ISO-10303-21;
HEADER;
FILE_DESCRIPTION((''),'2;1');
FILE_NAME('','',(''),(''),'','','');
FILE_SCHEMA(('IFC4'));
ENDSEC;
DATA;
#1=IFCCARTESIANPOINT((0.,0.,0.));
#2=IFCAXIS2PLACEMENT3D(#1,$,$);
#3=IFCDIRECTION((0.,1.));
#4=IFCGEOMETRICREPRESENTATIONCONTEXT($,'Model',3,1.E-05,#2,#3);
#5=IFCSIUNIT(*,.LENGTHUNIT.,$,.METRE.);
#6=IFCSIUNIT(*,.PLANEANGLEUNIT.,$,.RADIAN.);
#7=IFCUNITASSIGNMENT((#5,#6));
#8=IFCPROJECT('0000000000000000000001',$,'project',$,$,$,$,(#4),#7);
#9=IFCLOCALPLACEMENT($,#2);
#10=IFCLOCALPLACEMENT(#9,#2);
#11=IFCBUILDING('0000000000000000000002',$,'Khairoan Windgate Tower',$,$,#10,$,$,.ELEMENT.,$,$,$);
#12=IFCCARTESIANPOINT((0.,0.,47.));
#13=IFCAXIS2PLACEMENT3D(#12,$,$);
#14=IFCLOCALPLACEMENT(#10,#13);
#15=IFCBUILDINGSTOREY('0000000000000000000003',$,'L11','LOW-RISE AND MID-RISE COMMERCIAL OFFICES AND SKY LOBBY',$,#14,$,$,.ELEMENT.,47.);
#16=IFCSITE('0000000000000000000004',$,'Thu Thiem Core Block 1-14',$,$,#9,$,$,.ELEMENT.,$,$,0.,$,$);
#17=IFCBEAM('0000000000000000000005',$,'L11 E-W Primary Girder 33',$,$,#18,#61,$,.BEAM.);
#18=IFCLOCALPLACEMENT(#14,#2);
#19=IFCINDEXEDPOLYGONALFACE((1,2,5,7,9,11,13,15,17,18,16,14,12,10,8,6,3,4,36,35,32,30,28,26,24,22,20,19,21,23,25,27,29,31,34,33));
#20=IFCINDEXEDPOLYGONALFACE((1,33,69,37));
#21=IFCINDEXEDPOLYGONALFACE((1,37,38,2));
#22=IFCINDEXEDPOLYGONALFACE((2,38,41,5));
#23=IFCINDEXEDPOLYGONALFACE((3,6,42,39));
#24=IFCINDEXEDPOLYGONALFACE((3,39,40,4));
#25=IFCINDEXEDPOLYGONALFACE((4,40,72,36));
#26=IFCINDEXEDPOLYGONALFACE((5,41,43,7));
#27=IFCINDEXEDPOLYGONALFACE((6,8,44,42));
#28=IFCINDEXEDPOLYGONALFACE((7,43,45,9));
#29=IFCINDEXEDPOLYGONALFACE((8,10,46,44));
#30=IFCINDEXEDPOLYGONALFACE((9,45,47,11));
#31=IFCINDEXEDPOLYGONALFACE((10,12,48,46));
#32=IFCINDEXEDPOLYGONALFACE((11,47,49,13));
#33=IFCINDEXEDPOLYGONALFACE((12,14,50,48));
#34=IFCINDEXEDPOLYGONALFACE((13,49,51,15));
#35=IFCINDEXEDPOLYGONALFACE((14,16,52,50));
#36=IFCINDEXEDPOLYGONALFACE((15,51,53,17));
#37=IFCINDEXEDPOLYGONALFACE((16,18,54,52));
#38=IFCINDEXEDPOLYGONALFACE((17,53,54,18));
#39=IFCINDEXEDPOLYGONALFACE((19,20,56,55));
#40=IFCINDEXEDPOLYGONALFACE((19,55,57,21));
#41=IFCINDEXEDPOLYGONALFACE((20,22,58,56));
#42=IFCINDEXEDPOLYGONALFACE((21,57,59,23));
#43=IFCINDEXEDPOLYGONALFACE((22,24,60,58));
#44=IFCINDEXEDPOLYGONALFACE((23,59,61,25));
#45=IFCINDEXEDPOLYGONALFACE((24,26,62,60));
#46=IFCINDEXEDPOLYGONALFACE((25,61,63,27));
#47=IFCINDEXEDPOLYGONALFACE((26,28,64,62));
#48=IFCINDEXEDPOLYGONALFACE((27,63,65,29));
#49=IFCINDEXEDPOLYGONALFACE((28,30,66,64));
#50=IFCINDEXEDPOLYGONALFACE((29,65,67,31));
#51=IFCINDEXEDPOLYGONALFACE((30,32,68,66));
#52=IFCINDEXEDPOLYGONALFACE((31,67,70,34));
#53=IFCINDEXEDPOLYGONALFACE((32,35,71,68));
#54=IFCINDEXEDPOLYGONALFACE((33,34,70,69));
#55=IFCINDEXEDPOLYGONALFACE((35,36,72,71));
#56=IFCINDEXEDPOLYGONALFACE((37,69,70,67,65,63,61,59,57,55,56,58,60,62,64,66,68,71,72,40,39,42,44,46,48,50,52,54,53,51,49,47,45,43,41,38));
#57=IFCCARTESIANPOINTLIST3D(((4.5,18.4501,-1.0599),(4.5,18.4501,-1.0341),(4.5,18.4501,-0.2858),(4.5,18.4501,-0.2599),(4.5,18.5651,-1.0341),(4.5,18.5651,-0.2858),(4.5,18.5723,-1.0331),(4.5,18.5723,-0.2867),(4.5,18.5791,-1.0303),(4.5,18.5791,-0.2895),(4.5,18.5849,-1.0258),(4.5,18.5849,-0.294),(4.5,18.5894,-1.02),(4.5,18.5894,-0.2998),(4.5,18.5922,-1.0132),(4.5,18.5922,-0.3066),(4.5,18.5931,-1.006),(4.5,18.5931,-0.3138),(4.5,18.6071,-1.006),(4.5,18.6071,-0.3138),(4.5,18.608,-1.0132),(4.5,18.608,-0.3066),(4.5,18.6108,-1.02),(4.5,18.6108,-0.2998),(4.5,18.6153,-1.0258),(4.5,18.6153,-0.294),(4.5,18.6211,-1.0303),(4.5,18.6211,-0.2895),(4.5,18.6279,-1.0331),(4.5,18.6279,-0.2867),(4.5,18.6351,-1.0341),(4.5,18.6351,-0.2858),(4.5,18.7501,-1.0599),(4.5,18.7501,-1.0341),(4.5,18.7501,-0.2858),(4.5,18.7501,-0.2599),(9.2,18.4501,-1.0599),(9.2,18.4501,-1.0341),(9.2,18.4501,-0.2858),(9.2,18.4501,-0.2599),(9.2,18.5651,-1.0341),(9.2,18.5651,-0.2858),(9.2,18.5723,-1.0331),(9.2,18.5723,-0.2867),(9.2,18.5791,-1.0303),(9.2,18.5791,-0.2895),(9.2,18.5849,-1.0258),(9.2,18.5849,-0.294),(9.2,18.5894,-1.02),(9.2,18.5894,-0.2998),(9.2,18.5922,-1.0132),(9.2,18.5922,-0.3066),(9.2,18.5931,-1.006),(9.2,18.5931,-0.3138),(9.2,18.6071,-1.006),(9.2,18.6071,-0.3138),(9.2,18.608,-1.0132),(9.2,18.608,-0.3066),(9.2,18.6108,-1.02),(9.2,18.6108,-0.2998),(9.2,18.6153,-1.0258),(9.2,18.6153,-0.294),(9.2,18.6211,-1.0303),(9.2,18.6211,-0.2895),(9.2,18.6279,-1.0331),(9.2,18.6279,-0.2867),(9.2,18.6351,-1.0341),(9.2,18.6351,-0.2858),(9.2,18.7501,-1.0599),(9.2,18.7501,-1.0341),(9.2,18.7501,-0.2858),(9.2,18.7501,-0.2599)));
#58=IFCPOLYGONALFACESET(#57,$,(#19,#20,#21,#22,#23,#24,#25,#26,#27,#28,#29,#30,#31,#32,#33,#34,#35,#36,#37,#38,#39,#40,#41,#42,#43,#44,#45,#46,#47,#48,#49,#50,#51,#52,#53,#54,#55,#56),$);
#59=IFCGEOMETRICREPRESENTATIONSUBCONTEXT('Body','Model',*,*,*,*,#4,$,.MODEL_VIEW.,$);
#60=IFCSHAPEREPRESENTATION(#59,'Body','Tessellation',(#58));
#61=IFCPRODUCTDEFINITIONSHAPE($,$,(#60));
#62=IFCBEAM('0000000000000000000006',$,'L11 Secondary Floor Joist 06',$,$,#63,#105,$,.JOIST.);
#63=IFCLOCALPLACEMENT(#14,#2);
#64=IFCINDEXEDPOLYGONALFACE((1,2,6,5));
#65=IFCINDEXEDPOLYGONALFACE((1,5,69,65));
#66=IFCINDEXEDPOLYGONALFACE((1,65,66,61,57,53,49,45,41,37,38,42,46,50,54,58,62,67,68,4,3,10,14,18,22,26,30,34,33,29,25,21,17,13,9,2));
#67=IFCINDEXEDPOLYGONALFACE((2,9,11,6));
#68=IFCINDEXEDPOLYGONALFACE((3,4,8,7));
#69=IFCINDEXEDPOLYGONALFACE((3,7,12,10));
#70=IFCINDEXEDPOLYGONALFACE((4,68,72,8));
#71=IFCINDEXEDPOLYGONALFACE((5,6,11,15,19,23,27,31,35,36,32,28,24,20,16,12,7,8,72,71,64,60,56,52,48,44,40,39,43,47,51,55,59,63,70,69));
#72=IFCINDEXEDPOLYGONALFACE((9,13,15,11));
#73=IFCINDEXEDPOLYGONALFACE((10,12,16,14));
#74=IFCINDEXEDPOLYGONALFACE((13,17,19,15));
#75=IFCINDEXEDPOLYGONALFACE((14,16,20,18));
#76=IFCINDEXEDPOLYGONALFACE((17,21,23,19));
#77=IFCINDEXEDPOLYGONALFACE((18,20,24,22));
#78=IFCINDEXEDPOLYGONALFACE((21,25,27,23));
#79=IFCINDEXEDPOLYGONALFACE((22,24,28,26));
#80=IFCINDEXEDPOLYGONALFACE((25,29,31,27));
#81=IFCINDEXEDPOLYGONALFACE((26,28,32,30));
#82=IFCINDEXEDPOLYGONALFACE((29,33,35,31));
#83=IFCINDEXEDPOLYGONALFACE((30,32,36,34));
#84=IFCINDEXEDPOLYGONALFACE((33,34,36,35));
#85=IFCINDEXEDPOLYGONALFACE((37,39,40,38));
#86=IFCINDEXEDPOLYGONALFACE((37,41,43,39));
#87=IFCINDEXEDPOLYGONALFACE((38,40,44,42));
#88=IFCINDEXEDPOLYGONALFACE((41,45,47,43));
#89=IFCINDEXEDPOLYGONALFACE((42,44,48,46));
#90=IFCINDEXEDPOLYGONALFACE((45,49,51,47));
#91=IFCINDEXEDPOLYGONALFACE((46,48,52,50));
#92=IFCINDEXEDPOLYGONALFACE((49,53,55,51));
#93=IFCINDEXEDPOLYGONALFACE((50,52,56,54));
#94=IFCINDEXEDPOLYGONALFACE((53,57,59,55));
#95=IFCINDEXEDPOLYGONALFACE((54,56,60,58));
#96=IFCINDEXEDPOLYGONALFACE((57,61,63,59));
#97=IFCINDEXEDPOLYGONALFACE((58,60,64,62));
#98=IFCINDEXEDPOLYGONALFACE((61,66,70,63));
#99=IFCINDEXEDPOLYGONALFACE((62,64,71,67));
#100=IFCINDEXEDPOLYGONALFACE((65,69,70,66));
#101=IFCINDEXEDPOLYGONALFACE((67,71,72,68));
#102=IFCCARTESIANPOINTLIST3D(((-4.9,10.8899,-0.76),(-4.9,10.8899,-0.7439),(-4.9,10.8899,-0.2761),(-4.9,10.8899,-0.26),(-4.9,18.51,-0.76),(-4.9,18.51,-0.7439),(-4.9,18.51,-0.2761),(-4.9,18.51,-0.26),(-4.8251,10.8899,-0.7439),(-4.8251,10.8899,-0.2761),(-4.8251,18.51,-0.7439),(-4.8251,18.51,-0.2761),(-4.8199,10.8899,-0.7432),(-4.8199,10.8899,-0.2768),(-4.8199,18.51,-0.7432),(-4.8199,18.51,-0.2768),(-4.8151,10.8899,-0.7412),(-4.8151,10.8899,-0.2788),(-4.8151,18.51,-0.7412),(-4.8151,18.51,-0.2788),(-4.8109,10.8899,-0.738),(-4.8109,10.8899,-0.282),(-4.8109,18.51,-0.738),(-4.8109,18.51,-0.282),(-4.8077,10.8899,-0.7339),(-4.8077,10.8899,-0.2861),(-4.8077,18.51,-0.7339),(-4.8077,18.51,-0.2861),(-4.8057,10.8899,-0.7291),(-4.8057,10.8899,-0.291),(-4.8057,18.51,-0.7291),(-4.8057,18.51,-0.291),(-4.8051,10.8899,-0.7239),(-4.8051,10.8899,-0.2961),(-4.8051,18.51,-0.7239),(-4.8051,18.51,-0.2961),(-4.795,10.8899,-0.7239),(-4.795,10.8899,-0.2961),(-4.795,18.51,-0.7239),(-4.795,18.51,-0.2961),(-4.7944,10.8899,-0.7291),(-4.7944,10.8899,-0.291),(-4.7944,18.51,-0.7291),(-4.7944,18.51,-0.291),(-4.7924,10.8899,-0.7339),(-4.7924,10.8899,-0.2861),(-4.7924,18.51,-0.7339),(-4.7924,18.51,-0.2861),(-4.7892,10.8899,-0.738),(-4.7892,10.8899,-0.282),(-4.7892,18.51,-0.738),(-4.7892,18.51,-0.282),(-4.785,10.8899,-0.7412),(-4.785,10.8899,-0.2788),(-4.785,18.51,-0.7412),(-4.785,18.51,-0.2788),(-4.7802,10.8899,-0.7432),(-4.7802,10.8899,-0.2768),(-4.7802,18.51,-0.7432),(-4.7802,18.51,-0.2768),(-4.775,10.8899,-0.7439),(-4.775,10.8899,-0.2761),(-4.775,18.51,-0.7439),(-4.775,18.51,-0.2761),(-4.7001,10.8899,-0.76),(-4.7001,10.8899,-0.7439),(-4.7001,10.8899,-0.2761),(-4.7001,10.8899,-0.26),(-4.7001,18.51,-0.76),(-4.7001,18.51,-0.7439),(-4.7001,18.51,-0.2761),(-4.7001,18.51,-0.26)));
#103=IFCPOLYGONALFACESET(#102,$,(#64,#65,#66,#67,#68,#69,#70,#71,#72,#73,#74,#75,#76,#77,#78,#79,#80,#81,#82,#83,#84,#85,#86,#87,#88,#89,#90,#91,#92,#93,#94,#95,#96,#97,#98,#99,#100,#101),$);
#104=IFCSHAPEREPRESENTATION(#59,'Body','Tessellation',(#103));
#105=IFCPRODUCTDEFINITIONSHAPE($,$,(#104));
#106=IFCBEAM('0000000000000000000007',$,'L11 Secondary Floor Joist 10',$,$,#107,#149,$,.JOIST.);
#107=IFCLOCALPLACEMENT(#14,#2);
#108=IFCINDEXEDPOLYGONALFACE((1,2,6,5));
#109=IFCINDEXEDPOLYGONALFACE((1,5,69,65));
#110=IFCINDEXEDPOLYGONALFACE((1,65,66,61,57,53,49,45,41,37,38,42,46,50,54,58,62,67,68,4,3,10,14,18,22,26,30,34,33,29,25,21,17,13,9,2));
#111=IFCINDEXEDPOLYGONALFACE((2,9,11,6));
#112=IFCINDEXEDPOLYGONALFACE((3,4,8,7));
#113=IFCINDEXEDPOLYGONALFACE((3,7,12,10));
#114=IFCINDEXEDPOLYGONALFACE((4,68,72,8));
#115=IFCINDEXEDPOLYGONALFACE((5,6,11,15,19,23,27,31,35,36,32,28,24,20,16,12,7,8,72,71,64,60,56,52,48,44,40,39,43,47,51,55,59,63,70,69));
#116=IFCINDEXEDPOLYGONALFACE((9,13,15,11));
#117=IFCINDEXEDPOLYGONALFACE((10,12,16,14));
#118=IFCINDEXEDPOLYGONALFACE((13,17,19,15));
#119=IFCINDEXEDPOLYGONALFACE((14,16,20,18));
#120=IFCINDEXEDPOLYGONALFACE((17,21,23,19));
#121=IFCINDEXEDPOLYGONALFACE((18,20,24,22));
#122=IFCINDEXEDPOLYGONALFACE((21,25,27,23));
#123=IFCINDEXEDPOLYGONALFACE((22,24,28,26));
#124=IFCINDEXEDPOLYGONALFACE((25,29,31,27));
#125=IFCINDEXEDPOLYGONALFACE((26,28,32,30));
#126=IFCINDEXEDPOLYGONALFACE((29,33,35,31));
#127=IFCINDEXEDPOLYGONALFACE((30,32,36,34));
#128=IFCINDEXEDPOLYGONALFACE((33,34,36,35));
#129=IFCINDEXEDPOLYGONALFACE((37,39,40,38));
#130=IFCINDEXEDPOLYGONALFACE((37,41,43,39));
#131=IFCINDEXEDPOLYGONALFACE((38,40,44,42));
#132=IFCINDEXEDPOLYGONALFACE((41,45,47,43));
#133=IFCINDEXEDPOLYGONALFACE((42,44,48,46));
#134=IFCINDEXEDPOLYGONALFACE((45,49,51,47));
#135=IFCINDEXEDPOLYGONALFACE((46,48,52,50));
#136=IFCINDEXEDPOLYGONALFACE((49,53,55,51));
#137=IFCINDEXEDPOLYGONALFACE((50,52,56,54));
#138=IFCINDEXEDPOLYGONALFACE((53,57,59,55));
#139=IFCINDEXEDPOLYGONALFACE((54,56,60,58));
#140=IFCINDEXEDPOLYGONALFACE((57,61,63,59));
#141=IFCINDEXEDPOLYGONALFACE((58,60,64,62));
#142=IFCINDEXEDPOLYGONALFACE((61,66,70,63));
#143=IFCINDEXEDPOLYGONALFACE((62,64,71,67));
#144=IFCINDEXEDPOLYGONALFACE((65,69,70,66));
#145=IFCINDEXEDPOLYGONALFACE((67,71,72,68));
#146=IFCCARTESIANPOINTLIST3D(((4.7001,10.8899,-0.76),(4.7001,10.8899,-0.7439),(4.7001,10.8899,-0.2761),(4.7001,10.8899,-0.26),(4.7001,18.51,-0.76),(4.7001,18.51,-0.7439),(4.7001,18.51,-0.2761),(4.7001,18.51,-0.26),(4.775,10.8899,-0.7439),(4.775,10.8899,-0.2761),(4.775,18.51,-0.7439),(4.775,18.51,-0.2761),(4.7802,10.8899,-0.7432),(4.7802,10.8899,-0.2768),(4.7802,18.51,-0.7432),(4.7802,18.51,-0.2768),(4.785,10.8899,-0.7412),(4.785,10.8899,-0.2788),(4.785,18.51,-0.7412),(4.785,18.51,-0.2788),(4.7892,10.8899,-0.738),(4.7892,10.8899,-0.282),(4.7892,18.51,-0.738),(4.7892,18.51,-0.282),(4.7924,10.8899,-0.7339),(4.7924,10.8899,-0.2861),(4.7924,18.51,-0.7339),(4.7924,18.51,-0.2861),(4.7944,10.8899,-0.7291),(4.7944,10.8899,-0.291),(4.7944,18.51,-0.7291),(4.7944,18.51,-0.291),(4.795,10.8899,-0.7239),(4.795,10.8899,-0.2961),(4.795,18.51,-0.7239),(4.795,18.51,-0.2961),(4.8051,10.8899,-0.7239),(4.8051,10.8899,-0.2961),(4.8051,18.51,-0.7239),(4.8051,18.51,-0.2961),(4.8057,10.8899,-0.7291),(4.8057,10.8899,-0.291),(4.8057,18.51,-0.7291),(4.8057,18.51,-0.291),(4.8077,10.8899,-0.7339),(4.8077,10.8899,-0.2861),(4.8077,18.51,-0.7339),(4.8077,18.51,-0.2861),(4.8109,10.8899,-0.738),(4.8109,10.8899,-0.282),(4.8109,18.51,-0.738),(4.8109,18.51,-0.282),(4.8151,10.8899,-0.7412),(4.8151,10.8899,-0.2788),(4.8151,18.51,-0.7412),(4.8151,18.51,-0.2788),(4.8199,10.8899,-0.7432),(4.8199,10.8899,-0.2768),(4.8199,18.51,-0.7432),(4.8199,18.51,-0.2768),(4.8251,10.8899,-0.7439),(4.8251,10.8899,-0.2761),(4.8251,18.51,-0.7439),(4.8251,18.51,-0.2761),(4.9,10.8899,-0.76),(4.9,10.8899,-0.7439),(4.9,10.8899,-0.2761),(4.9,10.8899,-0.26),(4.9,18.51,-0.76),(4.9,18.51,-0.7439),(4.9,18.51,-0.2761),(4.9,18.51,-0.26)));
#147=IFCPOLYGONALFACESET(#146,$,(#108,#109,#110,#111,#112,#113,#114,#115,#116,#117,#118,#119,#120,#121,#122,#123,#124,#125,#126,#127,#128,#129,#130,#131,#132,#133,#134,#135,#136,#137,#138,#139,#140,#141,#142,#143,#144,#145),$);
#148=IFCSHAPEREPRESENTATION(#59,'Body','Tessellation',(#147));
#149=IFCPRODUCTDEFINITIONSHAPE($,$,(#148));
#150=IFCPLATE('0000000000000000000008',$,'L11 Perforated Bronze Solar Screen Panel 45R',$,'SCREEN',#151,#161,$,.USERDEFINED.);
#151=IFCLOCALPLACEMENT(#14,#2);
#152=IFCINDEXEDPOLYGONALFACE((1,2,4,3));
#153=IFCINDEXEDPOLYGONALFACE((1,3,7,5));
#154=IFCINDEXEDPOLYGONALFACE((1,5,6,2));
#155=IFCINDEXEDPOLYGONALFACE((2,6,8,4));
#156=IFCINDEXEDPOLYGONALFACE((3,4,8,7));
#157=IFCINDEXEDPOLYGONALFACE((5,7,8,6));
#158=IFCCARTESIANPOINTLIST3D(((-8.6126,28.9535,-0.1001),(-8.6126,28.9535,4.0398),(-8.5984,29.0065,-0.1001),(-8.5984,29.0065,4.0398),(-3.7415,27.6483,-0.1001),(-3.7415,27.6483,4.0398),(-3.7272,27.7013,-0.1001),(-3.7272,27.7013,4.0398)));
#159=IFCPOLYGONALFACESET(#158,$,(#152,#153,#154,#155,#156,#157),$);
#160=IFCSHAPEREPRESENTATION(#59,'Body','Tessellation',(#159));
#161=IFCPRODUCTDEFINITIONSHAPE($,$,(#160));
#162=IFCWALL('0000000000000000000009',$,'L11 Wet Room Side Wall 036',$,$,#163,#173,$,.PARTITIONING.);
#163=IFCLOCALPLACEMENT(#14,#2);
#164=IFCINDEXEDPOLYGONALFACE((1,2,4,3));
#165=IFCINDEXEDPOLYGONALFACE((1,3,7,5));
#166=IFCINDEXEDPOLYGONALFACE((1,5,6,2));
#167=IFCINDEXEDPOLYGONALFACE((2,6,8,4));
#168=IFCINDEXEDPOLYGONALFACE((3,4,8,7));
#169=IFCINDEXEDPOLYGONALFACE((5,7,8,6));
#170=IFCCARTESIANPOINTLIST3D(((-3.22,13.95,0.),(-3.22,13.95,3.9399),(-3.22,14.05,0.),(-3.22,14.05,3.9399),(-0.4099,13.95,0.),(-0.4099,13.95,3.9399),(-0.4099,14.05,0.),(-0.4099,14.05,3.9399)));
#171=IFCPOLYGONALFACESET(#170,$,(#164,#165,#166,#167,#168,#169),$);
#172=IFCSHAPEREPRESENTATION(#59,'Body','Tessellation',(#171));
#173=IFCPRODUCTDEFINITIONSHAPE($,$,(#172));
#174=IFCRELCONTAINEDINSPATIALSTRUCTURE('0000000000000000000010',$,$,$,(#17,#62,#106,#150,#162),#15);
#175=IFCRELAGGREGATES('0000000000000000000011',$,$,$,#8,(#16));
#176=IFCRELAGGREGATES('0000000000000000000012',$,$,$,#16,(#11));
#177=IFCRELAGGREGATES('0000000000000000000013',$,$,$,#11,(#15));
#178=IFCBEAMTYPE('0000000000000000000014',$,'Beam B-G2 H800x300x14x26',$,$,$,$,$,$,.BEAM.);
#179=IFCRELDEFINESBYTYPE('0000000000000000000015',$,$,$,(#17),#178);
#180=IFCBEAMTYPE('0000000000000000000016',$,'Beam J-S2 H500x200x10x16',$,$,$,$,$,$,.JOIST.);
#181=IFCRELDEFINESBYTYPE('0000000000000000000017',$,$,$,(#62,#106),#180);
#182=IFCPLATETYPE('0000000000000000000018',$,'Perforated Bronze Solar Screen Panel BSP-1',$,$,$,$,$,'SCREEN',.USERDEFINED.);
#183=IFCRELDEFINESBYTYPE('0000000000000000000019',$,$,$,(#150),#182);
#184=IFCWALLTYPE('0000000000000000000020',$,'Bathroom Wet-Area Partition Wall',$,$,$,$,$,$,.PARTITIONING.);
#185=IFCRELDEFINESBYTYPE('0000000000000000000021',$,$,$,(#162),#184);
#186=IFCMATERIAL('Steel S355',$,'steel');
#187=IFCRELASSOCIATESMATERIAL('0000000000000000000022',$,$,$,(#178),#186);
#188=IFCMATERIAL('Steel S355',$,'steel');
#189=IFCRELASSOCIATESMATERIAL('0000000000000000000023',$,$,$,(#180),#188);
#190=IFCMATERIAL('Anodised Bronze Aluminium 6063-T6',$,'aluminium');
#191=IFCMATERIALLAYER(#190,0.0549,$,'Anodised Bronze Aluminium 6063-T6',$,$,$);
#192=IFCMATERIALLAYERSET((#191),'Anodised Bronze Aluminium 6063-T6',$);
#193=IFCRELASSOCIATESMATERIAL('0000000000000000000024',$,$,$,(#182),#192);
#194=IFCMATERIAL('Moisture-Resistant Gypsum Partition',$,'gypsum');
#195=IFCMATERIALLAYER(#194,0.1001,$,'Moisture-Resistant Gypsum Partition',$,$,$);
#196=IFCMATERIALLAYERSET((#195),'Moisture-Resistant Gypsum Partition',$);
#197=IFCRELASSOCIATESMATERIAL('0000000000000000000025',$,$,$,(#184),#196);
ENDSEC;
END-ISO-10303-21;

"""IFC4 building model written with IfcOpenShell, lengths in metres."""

from ifc_helpers import new_model, si_unit, direction, frame, frame_2d, origin, origin_2d, place, context, subcontext, project, spatial, rectangle, i_section, extrude, material, layer, layer_set, material_profile, profile_set, type_object, element, save


model = new_model("IFC4")

# Units and contexts
model_context = context("Model", 3, precision=1e-05, world=origin(), true_north=direction((0.0, 1.0)))
body_context = subcontext(model_context, "Body", "Model", "MODEL_VIEW")
ifc_project = project(units=[si_unit("LENGTHUNIT", "METRE"), si_unit("PLANEANGLEUNIT", "RADIAN")], contexts=[model_context])

# Site, building, storey
site_placement = place(None, origin())
site = spatial("IfcSite", under=ifc_project, at=site_placement, Name="Thu Thiem Core Block 1-14", CompositionType="ELEMENT", RefElevation=0.0)
building_placement = place(site_placement, origin())
building = spatial("IfcBuilding", under=site, at=building_placement, Name="Khairoan Windgate Tower", CompositionType="ELEMENT")
storey_placement = place(building_placement, frame((0.0, 0.0, 47.0)))
storey = spatial("IfcBuildingStorey", under=building, at=storey_placement, Name="L11", Description="LOW-RISE AND MID-RISE COMMERCIAL OFFICES AND SKY LOBBY", CompositionType="ELEMENT", Elevation=47.0)

# Beams
ifc_material_1 = material(Name="Steel S355", Category="steel")
ifc_material_profile_1 = material_profile(ifc_material_1, i_section(OverallWidth=0.3, OverallDepth=0.8, WebThickness=0.0139, FlangeThickness=0.0259, FilletRadius=0.0281, at=origin_2d()))
ifc_profile_set_1 = profile_set([ifc_material_profile_1], Name="Steel S355")
beam_type_1 = type_object("IfcBeamType", Name="Beam B-G2 H800x300x14x26", PredefinedType="BEAM", material=ifc_profile_set_1)
beam_1_placement = place(storey_placement, frame((4.5, 18.6001, -0.6599), z_axis=(1.0, 0.0, 0.0), x_axis=(0.0, 1.0, 0.0)))
element("IfcBeam", 1, at=beam_1_placement, inside=storey, type_object=beam_type_1, Name="L11 E-W Primary Girder 33", PredefinedType="BEAM", context=body_context, shape_type="SweptSolid", body=[
    extrude(i_section(OverallWidth=0.3, OverallDepth=0.8, WebThickness=0.0139, FlangeThickness=0.0259, FilletRadius=0.0281, at=origin_2d()), origin(), (0.0, 0.0, 1.0), 4.7),
])
ifc_material_2 = material(Name="Steel S355", Category="steel")
ifc_material_profile_2 = material_profile(ifc_material_2, i_section(OverallWidth=0.2, OverallDepth=0.5, WebThickness=0.01, FlangeThickness=0.0161, FilletRadius=0.02, at=origin_2d()))
ifc_profile_set_2 = profile_set([ifc_material_profile_2], Name="Steel S355")
beam_type_2 = type_object("IfcBeamType", Name="Beam J-S2 H500x200x10x16", PredefinedType="JOIST", material=ifc_profile_set_2)
for number, where, z_axis, x_axis, name in (
    (2, (-4.8, 10.8899, -0.51), (0.0, 1.0, 0.0), (-1.0, 0.0, 0.0), "L11 Secondary Floor Joist 06"),
    (3, (4.8, 10.8899, -0.51), (0.0, 1.0, 0.0), (-1.0, 0.0, 0.0), "L11 Secondary Floor Joist 10"),
):
    element("IfcBeam", number, at=place(storey_placement, frame(where, z_axis=z_axis, x_axis=x_axis)), inside=storey, type_object=beam_type_2, Name=name, PredefinedType="JOIST", context=body_context, shape_type="SweptSolid", body=[
        extrude(i_section(OverallWidth=0.2, OverallDepth=0.5, WebThickness=0.01, FlangeThickness=0.0161, FilletRadius=0.02, at=origin_2d()), origin(), (0.0, 0.0, 1.0), 7.6201),
    ])

# Plate
ifc_material_3 = material(Name="Anodised Bronze Aluminium 6063-T6", Category="aluminium")
ifc_layer_1 = layer(ifc_material_3, 0.0549, Name="Anodised Bronze Aluminium 6063-T6")
ifc_layer_set_1 = layer_set([ifc_layer_1], Name="Anodised Bronze Aluminium 6063-T6")
plate_type = type_object("IfcPlateType", Name="Perforated Bronze Solar Screen Panel BSP-1", ElementType="SCREEN", PredefinedType="USERDEFINED", material=ifc_layer_set_1)
plate_placement = place(storey_placement, frame((-6.1699, 28.3274, -0.1001), z_axis=(0.0, 0.0, 1.0), x_axis=(0.965926, -0.258819, 0.0)))
element("IfcPlate", 4, at=plate_placement, inside=storey, type_object=plate_type, Name="L11 Perforated Bronze Solar Screen Panel 45R", ObjectType="SCREEN", PredefinedType="USERDEFINED", context=body_context, shape_type="SweptSolid", body=[
    extrude(rectangle(XDim=5.043, YDim=0.0549, at=origin_2d()), origin(), (0.0, 0.0, 1.0), 4.1399),
])

# Wall
ifc_material_4 = material(Name="Moisture-Resistant Gypsum Partition", Category="gypsum")
ifc_layer_2 = layer(ifc_material_4, 0.1001, Name="Moisture-Resistant Gypsum Partition")
ifc_layer_set_2 = layer_set([ifc_layer_2], Name="Moisture-Resistant Gypsum Partition")
wall_type_1 = type_object("IfcWallType", Name="Bathroom Wet-Area Partition Wall", PredefinedType="PARTITIONING", material=ifc_layer_set_2)
wall_1_placement = place(storey_placement, frame((-3.22, 14.0, 0.0), z_axis=(0.0, 0.0, 1.0), x_axis=(1.0, 0.0, 0.0)))
element("IfcWall", 5, at=wall_1_placement, inside=storey, type_object=wall_type_1, Name="L11 Wet Room Side Wall 036", PredefinedType="PARTITIONING", context=body_context, shape_type="SweptSolid", body=[
    extrude(rectangle(XDim=2.8101, YDim=0.1001, at=frame_2d((1.405, 0.0))), origin(), (0.0, 0.0, 1.0), 3.9399),
])

save(model, "model.ifc")
